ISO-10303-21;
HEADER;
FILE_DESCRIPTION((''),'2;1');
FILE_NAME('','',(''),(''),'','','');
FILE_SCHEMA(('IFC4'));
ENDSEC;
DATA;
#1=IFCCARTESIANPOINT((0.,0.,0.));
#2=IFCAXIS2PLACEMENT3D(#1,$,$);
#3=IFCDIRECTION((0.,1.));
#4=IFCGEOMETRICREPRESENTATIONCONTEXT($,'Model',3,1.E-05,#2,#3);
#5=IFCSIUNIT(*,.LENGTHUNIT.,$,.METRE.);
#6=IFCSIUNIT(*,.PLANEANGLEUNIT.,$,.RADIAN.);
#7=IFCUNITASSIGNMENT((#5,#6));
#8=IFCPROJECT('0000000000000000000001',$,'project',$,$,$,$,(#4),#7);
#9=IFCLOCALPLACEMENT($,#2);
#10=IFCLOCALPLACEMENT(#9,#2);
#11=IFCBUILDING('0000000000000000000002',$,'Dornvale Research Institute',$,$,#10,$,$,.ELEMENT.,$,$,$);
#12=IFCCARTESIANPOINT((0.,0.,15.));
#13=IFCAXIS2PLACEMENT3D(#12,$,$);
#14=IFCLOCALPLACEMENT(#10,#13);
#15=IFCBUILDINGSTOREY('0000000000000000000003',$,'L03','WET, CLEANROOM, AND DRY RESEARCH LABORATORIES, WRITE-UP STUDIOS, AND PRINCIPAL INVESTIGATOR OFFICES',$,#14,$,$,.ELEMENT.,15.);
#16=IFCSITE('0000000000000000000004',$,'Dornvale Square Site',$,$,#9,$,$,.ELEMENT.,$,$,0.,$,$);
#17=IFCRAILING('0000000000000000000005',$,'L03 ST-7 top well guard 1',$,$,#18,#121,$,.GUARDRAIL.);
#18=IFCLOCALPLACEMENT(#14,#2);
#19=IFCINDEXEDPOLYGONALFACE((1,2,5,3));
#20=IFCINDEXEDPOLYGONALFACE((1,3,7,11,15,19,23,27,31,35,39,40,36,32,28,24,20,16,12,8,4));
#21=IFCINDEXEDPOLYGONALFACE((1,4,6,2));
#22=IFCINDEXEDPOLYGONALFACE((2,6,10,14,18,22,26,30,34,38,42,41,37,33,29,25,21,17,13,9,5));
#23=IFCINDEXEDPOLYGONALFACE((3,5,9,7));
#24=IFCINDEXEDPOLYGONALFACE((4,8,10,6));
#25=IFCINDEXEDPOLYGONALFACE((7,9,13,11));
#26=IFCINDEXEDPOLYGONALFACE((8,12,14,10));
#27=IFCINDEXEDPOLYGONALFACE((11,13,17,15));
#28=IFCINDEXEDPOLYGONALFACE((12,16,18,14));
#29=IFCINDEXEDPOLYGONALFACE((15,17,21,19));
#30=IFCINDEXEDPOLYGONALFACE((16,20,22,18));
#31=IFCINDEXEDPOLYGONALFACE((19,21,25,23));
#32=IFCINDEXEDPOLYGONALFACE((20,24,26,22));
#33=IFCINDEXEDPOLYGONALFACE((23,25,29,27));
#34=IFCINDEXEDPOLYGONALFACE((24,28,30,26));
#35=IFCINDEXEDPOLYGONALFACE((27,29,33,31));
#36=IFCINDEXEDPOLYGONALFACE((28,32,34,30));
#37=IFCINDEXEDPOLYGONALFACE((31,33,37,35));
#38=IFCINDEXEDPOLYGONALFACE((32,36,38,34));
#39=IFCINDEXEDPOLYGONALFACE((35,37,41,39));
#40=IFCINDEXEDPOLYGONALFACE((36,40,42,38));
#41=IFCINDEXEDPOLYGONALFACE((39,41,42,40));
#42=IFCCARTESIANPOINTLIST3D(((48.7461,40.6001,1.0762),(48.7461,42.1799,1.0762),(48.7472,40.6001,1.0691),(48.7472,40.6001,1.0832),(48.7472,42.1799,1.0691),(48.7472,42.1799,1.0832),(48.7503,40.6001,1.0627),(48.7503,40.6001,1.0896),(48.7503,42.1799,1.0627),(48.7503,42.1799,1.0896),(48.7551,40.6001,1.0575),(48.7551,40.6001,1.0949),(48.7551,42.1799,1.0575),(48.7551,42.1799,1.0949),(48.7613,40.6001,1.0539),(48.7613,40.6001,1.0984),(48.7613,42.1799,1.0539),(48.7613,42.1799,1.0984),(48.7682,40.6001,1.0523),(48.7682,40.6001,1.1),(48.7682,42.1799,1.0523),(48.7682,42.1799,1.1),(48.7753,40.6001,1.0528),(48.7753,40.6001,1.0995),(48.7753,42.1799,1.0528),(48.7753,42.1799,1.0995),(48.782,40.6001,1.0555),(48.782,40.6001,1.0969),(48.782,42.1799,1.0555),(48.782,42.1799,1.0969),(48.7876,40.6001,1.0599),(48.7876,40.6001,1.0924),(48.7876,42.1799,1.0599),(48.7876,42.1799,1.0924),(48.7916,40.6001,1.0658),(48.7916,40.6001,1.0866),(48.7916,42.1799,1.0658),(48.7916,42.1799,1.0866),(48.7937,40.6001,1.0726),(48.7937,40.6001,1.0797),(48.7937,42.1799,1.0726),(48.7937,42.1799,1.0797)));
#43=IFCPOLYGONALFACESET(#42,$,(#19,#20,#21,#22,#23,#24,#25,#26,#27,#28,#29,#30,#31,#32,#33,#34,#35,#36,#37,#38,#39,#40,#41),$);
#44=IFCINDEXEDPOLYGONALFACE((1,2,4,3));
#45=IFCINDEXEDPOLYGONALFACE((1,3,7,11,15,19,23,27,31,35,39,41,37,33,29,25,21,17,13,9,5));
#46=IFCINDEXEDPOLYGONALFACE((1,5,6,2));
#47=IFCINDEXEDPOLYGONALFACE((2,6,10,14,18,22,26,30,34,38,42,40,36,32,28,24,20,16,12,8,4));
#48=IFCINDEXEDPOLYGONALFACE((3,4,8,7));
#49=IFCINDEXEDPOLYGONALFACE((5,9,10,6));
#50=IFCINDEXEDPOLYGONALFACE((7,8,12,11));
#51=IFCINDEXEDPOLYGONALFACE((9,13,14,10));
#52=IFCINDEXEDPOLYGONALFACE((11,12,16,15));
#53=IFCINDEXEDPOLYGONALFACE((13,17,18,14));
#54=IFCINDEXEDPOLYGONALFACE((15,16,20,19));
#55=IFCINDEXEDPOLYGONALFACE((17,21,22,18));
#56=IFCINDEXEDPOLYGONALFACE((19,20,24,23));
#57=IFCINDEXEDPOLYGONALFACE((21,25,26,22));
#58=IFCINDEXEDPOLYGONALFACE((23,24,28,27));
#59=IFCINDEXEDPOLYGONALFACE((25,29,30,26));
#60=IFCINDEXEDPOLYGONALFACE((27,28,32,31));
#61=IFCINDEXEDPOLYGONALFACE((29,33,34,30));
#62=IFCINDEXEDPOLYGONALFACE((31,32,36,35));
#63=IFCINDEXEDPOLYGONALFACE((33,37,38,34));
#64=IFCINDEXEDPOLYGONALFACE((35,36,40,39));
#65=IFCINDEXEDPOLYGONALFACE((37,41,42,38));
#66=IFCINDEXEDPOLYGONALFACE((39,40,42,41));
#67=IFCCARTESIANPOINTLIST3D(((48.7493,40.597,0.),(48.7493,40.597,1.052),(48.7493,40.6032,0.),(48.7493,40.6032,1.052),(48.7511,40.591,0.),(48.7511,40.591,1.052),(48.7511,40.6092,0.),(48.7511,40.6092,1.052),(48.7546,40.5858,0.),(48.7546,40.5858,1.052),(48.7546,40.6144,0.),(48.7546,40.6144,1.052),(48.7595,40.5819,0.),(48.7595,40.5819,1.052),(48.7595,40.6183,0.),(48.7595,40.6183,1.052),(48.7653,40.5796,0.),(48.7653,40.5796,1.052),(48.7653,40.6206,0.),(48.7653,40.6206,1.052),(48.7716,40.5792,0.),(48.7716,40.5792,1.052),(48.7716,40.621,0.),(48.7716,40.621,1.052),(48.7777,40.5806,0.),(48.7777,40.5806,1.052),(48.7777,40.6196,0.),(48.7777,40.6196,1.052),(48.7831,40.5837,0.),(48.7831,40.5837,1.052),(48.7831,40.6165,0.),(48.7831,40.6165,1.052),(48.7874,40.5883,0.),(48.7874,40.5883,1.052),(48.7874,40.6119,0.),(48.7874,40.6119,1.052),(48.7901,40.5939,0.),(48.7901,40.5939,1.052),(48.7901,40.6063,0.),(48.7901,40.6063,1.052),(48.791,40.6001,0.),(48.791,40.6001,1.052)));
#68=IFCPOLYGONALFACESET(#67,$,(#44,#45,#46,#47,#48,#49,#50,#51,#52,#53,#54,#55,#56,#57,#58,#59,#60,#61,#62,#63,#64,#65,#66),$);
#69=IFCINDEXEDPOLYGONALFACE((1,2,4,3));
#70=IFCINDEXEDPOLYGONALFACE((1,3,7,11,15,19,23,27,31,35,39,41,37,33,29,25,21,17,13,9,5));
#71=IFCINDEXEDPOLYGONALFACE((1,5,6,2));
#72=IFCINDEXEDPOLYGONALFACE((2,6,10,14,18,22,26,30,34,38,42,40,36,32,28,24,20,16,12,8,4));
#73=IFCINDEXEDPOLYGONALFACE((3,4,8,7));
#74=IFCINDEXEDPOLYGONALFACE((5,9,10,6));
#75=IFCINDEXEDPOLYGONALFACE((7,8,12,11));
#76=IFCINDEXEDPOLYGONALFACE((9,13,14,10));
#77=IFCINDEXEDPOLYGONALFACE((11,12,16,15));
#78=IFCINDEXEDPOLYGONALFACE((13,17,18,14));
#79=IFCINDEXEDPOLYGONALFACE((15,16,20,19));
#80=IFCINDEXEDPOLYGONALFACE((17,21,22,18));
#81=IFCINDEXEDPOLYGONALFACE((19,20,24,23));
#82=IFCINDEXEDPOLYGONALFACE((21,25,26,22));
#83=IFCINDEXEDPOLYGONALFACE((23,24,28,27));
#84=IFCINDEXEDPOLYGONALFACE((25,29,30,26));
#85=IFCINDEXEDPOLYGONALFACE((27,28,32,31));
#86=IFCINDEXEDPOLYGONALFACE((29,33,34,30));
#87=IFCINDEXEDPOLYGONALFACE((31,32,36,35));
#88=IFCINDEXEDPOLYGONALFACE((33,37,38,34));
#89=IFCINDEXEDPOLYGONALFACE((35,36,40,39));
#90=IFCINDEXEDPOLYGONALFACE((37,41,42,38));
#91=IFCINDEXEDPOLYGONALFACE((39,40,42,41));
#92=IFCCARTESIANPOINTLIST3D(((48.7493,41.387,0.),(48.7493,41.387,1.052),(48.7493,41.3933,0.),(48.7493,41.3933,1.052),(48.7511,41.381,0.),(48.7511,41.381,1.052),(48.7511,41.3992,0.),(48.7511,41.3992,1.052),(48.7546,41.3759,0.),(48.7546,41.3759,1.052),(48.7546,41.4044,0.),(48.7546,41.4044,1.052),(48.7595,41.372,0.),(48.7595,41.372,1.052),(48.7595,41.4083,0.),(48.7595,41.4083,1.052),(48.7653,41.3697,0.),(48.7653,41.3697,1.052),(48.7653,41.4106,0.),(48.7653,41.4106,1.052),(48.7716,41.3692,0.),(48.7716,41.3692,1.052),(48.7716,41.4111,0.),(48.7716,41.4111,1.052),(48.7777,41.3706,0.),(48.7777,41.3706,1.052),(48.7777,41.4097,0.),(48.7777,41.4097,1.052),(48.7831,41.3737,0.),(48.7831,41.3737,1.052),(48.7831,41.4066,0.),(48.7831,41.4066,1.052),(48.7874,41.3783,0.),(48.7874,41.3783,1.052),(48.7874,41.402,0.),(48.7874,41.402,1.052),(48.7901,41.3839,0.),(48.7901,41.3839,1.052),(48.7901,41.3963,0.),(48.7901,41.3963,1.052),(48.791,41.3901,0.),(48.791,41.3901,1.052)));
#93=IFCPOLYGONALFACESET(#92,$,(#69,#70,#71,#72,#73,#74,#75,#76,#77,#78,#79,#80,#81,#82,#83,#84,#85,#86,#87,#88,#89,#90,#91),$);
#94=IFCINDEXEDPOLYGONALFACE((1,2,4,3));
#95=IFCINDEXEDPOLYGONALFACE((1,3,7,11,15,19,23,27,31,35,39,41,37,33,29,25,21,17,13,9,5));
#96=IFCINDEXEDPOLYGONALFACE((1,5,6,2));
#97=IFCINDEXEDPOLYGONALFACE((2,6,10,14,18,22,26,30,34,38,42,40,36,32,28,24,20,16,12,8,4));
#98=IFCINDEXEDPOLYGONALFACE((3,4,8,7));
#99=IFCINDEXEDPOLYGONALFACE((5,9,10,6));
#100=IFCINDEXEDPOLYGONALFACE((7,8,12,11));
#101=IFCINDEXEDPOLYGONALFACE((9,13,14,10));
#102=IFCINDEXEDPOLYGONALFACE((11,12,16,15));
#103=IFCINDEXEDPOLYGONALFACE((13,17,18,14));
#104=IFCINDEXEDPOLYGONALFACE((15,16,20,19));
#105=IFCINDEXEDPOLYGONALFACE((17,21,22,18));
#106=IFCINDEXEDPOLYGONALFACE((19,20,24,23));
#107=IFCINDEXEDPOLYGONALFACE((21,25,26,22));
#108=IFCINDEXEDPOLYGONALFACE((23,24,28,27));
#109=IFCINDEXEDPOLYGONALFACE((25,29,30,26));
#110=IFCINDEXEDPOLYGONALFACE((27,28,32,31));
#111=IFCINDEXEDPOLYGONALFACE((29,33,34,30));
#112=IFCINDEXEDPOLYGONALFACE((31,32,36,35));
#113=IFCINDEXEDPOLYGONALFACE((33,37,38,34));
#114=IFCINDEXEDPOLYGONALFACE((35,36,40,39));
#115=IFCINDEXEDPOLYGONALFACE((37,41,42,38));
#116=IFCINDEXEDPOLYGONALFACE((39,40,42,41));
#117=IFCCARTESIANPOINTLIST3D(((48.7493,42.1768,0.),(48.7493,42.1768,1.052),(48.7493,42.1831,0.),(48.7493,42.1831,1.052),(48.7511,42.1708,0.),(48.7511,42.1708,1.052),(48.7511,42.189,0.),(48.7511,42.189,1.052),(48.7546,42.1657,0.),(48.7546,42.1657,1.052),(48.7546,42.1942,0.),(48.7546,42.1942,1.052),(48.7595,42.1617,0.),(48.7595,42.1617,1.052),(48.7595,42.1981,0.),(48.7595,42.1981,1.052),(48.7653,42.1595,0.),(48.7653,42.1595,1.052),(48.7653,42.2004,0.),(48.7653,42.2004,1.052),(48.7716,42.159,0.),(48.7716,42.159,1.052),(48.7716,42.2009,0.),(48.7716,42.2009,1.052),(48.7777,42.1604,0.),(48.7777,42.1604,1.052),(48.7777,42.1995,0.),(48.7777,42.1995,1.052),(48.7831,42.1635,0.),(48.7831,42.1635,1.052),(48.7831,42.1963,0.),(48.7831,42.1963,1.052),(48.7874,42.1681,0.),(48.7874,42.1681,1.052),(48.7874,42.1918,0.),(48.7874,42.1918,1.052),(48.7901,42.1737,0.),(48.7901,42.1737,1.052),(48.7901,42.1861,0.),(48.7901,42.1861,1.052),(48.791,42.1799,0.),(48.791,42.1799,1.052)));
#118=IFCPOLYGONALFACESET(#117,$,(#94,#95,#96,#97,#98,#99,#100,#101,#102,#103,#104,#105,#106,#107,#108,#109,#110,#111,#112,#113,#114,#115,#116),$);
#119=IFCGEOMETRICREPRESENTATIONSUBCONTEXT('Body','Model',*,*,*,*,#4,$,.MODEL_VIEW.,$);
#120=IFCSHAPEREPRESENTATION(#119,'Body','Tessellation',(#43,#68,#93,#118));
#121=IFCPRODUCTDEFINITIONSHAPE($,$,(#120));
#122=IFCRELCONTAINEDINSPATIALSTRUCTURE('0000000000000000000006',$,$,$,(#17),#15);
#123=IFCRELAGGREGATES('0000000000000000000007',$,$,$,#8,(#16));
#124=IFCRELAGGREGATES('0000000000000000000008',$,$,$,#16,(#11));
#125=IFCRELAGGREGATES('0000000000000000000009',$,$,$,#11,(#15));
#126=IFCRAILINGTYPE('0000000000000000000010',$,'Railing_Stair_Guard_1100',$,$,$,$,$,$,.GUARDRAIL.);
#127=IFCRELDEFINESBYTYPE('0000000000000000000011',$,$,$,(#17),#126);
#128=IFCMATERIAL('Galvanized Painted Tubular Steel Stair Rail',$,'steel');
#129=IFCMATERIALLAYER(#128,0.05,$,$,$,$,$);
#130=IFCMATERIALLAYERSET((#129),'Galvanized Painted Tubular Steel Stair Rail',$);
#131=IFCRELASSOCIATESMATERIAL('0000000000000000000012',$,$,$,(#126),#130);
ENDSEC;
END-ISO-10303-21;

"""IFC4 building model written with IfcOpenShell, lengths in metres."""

from ifc_helpers import new_model, si_unit, direction, frame, origin, origin_2d, place, context, subcontext, project, spatial, circle, extrude, material, layer, layer_set, type_object, element, save


model = new_model("IFC4")

# Units and contexts
model_context = context("Model", 3, precision=1e-05, world=origin(), true_north=direction((0.0, 1.0)))
body_context = subcontext(model_context, "Body", "Model", "MODEL_VIEW")
ifc_project = project(units=[si_unit("LENGTHUNIT", "METRE"), si_unit("PLANEANGLEUNIT", "RADIAN")], contexts=[model_context])

# Site, building, storey
site_placement = place(None, origin())
site = spatial("IfcSite", under=ifc_project, at=site_placement, Name="Dornvale Square Site", CompositionType="ELEMENT", RefElevation=0.0)
building_placement = place(site_placement, origin())
building = spatial("IfcBuilding", under=site, at=building_placement, Name="Dornvale Research Institute", CompositionType="ELEMENT")
storey_placement = place(building_placement, frame((0.0, 0.0, 15.0)))
storey = spatial("IfcBuildingStorey", under=building, at=storey_placement, Name="L03", Description="WET, CLEANROOM, AND DRY RESEARCH LABORATORIES, WRITE-UP STUDIOS, AND PRINCIPAL INVESTIGATOR OFFICES", CompositionType="ELEMENT", Elevation=15.0)

# Railing
ifc_material_1 = material(Name="Galvanized Painted Tubular Steel Stair Rail", Category="steel")
ifc_layer_1 = layer(ifc_material_1, 0.05)
ifc_layer_set_1 = layer_set([ifc_layer_1], Name="Galvanized Painted Tubular Steel Stair Rail")
railing_type = type_object("IfcRailingType", Name="Railing_Stair_Guard_1100", PredefinedType="GUARDRAIL", material=ifc_layer_set_1)
railing_placement = place(storey_placement, frame((48.77, 40.6001, 0.0)))
element("IfcRailing", 1, at=railing_placement, inside=storey, type_object=railing_type, Name="L03 ST-7 top well guard 1", PredefinedType="GUARDRAIL", context=body_context, shape_type="SweptSolid", body=[
    extrude(circle(Radius=0.0239, at=origin_2d()), frame((0.0, 0.0, 1.0762), z_axis=(0.0, 1.0, 0.0), x_axis=(-1.0, 0.0, 0.0)), (0.0, 0.0, 1.0), 1.5798),
    extrude(circle(Radius=0.021, at=origin_2d()), origin(), (0.0, 0.0, 1.0), 1.052),
    extrude(circle(Radius=0.021, at=origin_2d()), frame((0.0, 0.79, 0.0)), (0.0, 0.0, 1.0), 1.052),
    extrude(circle(Radius=0.021, at=origin_2d()), frame((0.0, 1.5798, 0.0)), (0.0, 0.0, 1.0), 1.052),
])

save(model, "model.ifc")
